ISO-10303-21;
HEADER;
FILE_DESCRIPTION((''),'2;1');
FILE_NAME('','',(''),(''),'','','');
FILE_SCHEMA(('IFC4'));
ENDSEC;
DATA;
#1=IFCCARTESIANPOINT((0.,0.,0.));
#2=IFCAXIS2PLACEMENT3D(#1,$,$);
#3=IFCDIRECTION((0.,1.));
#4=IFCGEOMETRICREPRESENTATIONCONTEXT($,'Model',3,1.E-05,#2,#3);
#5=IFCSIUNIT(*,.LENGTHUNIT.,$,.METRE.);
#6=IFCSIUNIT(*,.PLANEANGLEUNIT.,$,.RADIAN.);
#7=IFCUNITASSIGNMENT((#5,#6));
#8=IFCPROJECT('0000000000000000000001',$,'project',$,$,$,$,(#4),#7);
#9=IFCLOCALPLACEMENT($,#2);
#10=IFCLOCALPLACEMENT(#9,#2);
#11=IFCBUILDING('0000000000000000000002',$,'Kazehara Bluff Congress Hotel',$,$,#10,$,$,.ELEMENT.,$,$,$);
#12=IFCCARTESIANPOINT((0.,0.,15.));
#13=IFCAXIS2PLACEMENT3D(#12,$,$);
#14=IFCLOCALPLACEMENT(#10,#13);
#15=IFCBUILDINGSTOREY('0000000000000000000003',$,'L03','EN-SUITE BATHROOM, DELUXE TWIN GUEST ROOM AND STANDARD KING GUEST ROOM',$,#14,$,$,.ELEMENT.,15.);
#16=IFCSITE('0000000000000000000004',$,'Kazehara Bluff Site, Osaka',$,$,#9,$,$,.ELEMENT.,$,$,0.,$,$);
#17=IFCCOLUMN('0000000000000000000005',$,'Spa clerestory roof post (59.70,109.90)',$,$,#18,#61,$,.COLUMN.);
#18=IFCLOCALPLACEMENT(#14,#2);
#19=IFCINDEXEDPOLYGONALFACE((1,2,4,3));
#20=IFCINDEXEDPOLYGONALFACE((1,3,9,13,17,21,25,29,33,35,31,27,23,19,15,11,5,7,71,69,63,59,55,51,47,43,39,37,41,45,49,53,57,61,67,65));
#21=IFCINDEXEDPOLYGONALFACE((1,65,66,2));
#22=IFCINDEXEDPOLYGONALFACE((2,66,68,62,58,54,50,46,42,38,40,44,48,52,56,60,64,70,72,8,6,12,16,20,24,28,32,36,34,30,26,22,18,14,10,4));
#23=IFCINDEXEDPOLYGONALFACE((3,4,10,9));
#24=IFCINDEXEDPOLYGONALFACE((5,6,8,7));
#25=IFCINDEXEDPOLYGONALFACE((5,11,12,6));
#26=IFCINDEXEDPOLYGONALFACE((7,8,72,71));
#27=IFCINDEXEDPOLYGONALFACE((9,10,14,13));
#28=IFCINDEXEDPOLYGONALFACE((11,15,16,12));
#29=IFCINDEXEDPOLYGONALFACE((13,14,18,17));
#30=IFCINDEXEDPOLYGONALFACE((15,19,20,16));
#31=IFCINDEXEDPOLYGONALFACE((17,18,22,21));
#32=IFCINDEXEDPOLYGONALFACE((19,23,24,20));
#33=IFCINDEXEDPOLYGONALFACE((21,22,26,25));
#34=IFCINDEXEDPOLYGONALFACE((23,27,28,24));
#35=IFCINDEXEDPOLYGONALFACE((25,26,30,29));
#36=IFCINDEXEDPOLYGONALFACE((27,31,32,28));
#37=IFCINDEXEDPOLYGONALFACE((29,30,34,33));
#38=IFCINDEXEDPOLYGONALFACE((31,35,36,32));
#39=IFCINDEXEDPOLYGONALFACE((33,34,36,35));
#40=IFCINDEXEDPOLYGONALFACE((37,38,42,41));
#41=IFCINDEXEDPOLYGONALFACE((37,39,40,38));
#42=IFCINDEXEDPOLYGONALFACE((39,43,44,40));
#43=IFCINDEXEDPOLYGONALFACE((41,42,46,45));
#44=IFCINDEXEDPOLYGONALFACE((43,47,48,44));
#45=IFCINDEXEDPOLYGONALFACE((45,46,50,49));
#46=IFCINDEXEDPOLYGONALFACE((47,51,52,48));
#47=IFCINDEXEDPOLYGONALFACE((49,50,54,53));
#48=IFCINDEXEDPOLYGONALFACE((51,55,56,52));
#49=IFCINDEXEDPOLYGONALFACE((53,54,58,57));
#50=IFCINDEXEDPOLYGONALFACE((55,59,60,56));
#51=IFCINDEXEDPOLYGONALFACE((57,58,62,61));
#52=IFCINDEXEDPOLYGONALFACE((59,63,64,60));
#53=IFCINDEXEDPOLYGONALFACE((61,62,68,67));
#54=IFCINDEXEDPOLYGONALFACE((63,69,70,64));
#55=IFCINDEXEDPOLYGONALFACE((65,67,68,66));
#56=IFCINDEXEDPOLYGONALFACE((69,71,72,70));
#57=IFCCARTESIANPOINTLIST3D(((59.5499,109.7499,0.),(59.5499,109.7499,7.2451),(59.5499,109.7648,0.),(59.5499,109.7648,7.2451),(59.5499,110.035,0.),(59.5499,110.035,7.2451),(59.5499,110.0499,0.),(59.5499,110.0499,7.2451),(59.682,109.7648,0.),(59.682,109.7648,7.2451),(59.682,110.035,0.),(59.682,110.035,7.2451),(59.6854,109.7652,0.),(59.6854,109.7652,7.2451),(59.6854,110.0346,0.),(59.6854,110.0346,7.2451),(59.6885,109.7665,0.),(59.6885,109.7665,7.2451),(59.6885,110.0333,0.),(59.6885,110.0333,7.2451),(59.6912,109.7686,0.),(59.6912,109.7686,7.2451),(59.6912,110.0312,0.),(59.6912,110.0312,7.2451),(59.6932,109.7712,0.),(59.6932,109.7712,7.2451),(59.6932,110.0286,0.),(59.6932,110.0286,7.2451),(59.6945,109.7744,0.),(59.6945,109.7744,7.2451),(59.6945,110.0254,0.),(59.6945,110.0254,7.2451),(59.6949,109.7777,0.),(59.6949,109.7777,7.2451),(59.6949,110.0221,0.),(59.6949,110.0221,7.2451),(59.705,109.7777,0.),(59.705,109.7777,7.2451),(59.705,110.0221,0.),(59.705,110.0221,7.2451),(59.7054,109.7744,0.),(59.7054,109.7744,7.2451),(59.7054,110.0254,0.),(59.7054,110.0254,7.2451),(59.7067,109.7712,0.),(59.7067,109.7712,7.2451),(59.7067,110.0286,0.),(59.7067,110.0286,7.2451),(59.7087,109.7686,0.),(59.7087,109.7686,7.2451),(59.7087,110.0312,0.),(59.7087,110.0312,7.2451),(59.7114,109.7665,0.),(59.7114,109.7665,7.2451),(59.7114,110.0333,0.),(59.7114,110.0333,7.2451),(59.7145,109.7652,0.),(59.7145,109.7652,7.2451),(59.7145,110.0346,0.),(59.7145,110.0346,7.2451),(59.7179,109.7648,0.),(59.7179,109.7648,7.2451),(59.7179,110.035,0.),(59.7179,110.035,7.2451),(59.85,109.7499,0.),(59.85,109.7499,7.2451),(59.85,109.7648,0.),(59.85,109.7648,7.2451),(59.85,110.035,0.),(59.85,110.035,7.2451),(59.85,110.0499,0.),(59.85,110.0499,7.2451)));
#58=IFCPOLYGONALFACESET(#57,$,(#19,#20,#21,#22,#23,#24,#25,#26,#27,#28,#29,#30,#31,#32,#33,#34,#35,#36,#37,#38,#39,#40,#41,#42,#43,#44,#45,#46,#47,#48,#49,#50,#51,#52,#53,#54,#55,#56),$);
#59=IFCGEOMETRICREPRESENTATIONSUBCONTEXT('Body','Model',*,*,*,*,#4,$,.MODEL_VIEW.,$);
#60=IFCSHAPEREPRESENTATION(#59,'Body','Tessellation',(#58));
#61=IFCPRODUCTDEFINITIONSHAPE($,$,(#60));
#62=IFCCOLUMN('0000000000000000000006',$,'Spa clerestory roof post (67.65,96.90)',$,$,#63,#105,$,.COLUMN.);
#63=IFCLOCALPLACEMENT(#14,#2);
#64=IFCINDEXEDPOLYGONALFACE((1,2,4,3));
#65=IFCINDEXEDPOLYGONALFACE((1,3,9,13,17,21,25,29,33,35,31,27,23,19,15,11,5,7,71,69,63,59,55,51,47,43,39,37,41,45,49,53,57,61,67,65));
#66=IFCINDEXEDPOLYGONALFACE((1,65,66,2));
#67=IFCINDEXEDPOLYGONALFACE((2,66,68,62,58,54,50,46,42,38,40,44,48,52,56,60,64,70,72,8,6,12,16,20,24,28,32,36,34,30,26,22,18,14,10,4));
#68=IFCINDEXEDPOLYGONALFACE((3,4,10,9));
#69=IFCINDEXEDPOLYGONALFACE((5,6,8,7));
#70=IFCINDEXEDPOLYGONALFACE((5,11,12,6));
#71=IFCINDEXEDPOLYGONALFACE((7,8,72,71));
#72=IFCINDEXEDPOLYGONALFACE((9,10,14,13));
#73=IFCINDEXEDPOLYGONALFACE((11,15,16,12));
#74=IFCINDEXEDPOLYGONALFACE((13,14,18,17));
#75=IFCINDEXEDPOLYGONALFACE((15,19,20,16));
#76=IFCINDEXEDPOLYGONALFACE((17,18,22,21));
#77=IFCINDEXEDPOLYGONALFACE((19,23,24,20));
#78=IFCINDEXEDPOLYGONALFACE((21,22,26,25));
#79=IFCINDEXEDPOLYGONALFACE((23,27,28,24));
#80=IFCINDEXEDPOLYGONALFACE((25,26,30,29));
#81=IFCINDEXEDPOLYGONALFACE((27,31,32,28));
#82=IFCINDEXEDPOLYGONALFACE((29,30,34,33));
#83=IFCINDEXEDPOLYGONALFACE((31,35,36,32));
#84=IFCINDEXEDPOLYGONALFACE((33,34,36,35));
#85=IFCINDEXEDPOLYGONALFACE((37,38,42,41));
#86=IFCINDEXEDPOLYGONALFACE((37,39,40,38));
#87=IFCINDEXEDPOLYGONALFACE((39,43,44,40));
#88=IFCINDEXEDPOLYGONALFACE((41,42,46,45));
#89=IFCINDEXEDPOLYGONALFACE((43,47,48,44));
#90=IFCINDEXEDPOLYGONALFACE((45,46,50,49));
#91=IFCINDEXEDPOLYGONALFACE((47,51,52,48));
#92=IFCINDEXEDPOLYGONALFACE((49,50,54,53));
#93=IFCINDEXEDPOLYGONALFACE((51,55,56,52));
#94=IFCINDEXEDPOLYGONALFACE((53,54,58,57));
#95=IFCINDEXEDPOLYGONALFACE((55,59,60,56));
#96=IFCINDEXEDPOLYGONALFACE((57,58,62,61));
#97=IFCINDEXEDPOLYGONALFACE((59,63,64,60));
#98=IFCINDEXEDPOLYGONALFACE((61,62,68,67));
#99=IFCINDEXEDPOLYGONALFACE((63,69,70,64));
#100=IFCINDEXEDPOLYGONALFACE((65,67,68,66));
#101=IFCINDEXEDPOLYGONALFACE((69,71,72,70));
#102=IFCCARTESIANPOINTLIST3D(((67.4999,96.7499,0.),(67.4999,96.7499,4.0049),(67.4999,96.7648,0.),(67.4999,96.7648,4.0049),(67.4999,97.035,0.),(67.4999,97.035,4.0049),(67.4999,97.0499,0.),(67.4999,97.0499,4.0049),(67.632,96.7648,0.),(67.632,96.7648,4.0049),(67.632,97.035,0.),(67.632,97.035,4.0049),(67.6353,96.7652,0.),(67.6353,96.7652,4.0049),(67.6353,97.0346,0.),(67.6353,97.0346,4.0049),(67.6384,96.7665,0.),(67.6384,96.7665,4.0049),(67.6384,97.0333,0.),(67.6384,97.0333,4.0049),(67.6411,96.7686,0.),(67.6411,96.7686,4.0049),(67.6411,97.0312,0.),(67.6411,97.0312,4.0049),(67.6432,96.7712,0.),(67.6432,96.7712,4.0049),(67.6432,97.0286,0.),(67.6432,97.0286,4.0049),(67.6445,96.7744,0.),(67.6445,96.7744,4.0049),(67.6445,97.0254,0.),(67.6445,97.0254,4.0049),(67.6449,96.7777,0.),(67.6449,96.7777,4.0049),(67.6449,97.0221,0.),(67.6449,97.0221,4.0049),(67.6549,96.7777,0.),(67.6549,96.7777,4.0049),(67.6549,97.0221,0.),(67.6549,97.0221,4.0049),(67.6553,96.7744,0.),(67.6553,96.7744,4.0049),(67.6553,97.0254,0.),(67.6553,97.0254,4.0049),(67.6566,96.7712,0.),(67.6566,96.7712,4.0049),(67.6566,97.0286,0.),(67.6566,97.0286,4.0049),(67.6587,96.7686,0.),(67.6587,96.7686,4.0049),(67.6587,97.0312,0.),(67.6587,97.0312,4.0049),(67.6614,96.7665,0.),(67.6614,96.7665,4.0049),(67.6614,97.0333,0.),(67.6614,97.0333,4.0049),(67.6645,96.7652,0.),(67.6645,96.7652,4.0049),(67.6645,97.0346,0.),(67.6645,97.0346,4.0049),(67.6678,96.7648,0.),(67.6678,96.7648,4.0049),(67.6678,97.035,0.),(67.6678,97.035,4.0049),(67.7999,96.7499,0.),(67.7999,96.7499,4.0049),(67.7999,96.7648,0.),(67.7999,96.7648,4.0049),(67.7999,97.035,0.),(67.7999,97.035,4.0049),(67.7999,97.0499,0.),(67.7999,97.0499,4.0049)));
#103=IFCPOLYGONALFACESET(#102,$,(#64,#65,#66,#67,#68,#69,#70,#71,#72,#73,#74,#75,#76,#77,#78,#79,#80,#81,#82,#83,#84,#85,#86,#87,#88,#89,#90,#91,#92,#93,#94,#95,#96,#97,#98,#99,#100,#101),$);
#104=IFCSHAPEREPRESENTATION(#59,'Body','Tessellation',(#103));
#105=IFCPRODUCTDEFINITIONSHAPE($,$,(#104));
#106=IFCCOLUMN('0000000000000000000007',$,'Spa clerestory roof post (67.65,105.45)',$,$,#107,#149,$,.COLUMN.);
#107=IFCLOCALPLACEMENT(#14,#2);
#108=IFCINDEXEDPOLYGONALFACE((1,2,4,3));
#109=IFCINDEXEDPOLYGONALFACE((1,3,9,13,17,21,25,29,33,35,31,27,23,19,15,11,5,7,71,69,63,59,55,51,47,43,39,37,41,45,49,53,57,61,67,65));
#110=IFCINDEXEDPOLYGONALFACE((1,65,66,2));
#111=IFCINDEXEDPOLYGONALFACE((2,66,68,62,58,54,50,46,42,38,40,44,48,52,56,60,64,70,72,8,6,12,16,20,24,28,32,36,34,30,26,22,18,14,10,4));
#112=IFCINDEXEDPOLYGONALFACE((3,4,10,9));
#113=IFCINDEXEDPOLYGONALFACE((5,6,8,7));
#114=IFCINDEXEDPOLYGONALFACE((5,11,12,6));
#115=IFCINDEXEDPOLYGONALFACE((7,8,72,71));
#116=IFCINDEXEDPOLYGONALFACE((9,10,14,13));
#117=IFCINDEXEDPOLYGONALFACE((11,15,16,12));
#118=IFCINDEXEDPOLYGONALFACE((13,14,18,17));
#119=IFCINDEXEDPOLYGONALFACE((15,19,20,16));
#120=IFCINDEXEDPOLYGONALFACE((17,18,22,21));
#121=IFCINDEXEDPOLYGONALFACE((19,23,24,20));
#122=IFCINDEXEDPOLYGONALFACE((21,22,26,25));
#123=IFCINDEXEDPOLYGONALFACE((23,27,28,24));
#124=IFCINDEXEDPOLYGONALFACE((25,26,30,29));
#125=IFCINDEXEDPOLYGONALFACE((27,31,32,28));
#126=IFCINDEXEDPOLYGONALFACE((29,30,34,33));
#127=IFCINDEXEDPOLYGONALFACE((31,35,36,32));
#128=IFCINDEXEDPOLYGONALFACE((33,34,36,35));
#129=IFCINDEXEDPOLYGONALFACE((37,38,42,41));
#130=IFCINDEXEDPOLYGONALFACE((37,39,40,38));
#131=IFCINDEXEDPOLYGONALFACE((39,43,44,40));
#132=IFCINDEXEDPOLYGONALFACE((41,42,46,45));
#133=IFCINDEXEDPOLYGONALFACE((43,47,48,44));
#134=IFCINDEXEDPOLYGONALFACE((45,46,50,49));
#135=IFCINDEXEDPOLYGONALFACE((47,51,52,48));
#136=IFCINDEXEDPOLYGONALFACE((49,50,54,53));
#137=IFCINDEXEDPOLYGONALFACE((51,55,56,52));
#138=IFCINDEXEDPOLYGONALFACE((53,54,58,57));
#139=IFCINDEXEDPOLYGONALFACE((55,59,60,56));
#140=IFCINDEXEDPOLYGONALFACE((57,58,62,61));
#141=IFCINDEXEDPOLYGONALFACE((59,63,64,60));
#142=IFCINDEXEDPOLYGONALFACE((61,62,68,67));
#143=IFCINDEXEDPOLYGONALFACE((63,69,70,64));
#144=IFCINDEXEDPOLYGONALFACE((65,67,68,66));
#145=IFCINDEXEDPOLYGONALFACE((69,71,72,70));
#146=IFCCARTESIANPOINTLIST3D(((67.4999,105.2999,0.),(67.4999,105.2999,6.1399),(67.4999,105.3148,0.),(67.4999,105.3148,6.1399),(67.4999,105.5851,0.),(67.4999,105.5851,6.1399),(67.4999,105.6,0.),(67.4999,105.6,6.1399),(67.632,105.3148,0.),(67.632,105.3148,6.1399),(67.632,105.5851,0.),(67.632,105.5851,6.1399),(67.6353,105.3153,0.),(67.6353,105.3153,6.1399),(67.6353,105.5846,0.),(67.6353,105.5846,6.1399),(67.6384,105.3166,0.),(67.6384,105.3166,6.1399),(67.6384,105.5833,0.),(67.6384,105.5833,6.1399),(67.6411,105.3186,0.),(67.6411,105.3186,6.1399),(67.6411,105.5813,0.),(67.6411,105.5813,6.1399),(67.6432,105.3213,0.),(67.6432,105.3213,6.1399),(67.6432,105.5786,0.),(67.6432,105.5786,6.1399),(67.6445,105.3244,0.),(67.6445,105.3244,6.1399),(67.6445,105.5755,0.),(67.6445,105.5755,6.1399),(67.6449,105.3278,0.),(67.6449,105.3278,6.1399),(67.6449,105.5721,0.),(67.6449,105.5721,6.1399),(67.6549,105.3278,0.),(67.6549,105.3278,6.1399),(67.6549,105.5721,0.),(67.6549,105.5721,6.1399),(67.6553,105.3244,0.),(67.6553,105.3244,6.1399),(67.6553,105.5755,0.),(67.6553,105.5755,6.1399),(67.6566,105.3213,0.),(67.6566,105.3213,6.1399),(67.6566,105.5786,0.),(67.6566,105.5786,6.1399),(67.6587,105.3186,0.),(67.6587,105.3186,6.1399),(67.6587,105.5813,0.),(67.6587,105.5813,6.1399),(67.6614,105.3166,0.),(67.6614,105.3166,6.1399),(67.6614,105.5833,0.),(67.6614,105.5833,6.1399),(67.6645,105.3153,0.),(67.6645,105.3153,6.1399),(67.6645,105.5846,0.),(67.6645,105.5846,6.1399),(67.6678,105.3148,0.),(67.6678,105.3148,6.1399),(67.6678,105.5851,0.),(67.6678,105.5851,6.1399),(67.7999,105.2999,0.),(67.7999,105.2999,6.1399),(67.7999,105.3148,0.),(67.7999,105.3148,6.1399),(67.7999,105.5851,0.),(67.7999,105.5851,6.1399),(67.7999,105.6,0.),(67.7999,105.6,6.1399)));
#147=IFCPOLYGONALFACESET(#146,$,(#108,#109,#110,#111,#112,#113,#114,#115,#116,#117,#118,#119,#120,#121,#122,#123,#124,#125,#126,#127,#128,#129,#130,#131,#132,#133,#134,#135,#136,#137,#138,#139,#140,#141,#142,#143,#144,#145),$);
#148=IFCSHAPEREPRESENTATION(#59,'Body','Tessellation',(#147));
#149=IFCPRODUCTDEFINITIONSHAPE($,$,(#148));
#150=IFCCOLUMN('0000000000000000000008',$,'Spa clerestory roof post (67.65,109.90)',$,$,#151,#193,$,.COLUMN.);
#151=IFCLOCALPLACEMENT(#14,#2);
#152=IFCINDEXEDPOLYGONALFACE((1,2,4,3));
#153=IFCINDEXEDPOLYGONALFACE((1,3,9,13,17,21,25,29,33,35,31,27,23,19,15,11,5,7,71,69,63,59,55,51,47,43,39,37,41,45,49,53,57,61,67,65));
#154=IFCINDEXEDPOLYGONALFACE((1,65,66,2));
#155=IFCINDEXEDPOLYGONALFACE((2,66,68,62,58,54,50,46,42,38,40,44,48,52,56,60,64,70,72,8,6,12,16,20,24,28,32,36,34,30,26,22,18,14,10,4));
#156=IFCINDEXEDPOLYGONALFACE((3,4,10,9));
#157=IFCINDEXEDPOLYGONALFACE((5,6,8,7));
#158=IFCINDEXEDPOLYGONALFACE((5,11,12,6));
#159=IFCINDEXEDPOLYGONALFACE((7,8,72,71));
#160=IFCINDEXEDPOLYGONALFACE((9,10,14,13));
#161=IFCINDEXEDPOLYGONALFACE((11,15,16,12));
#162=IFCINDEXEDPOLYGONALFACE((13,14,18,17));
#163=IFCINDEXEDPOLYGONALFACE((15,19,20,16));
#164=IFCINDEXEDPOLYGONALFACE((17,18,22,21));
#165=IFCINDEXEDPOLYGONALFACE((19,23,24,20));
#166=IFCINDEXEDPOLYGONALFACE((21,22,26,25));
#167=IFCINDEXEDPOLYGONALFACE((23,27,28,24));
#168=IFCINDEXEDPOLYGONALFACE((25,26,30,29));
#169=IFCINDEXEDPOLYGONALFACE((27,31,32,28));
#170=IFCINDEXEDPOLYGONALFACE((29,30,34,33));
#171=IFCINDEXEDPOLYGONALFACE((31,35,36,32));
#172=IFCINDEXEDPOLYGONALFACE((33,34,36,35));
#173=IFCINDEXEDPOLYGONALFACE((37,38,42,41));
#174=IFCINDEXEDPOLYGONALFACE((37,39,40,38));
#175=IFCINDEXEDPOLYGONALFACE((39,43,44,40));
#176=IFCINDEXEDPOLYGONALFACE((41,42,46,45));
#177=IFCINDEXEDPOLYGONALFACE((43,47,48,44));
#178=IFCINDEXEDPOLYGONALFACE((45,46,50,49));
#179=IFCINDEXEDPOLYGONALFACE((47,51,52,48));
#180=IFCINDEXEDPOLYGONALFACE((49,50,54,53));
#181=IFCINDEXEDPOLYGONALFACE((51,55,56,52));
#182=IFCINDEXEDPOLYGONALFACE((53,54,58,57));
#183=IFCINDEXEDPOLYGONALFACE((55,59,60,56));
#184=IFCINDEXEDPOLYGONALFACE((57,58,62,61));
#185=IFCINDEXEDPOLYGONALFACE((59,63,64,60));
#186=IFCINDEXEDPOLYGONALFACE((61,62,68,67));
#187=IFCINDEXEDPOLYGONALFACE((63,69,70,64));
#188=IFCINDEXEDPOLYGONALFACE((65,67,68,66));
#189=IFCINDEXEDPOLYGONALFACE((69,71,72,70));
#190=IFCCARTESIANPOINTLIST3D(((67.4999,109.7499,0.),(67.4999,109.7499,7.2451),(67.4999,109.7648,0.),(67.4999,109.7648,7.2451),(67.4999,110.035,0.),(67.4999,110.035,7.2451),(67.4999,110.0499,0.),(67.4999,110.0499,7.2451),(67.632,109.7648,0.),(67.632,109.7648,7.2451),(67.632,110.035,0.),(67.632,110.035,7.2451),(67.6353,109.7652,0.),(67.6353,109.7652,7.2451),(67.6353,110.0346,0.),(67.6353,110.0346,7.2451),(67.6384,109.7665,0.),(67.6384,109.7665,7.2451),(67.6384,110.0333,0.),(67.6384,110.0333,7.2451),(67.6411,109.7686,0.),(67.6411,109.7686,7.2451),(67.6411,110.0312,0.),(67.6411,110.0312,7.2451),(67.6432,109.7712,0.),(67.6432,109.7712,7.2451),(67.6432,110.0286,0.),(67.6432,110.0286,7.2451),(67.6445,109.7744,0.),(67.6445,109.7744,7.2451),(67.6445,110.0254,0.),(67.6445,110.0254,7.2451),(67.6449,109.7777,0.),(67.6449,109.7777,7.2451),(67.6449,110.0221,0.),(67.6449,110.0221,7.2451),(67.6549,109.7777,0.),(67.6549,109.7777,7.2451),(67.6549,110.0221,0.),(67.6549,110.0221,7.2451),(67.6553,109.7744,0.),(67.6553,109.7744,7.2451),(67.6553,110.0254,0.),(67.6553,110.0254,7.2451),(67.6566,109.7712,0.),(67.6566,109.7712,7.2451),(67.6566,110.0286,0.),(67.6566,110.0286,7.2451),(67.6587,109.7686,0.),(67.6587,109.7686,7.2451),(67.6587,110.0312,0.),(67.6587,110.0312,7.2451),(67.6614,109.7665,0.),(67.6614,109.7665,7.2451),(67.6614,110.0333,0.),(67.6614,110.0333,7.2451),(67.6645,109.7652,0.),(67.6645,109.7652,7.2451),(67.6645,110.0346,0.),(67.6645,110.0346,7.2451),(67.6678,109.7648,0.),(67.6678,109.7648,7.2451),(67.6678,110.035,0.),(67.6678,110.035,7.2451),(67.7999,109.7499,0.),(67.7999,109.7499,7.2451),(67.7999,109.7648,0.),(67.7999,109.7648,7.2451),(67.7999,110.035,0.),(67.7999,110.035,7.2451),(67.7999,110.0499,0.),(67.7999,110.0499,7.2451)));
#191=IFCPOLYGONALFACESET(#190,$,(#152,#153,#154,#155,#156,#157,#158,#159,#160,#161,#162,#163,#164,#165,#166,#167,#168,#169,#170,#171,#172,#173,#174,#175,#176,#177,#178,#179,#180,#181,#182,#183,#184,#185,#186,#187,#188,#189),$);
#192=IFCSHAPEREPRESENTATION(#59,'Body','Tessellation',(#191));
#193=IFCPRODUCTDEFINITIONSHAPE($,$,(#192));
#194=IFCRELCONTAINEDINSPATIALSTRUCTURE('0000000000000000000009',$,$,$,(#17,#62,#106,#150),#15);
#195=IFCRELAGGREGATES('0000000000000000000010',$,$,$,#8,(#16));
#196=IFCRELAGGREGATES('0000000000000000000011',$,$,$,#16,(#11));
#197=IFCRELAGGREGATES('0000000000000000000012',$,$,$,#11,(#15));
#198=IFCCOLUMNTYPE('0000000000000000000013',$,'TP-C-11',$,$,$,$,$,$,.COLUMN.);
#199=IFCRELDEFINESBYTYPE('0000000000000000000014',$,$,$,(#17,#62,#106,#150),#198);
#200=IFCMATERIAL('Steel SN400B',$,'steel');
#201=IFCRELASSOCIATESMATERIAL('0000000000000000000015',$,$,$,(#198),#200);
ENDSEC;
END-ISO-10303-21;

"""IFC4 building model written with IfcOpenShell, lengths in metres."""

from ifc_helpers import new_model, si_unit, direction, frame, origin, origin_2d, place, context, subcontext, project, spatial, i_section, extrude, material, material_profile, profile_set, type_object, element, save


model = new_model("IFC4")

# Units and contexts
model_context = context("Model", 3, precision=1e-05, world=origin(), true_north=direction((0.0, 1.0)))
body_context = subcontext(model_context, "Body", "Model", "MODEL_VIEW")
ifc_project = project(units=[si_unit("LENGTHUNIT", "METRE"), si_unit("PLANEANGLEUNIT", "RADIAN")], contexts=[model_context])

# Site, building, storey
site_placement = place(None, origin())
site = spatial("IfcSite", under=ifc_project, at=site_placement, Name="Kazehara Bluff Site, Osaka", CompositionType="ELEMENT", RefElevation=0.0)
building_placement = place(site_placement, origin())
building = spatial("IfcBuilding", under=site, at=building_placement, Name="Kazehara Bluff Congress Hotel", CompositionType="ELEMENT")
storey_placement = place(building_placement, frame((0.0, 0.0, 15.0)))
storey = spatial("IfcBuildingStorey", under=building, at=storey_placement, Name="L03", Description="EN-SUITE BATHROOM, DELUXE TWIN GUEST ROOM AND STANDARD KING GUEST ROOM", CompositionType="ELEMENT", Elevation=15.0)

# Columns
ifc_material_1 = material(Name="Steel SN400B", Category="steel")
ifc_material_profile_1 = material_profile(ifc_material_1, i_section(OverallWidth=0.3, OverallDepth=0.3, WebThickness=0.01, FlangeThickness=0.0149, FilletRadius=0.0129, at=origin_2d()))
ifc_profile_set_1 = profile_set([ifc_material_profile_1], Name="Steel SN400B")
column_type_1 = type_object("IfcColumnType", Name="TP-C-11", PredefinedType="COLUMN", material=ifc_profile_set_1)
column_1_placement = place(storey_placement, frame((59.7, 109.8999, 0.0), z_axis=(0.0, 0.0, 1.0), x_axis=(1.0, 0.0, 0.0)))
element("IfcColumn", 1, at=column_1_placement, inside=storey, type_object=column_type_1, Name="Spa clerestory roof post (59.70,109.90)", PredefinedType="COLUMN", context=body_context, shape_type="SweptSolid", body=[
    extrude(i_section(OverallWidth=0.3, OverallDepth=0.3, WebThickness=0.01, FlangeThickness=0.0149, FilletRadius=0.0129, at=origin_2d()), origin(), (0.0, 0.0, 1.0), 7.2451),
])
column_2_placement = place(storey_placement, frame((67.6499, 96.8999, 0.0), z_axis=(0.0, 0.0, 1.0), x_axis=(1.0, 0.0, 0.0)))
element("IfcColumn", 2, at=column_2_placement, inside=storey, type_object=column_type_1, Name="Spa clerestory roof post (67.65,96.90)", PredefinedType="COLUMN", context=body_context, shape_type="SweptSolid", body=[
    extrude(i_section(OverallWidth=0.3, OverallDepth=0.3, WebThickness=0.01, FlangeThickness=0.0149, FilletRadius=0.0129, at=origin_2d()), origin(), (0.0, 0.0, 1.0), 4.0049),
])
column_3_placement = place(storey_placement, frame((67.6499, 105.45, 0.0), z_axis=(0.0, 0.0, 1.0), x_axis=(1.0, 0.0, 0.0)))
element("IfcColumn", 3, at=column_3_placement, inside=storey, type_object=column_type_1, Name="Spa clerestory roof post (67.65,105.45)", PredefinedType="COLUMN", context=body_context, shape_type="SweptSolid", body=[
    extrude(i_section(OverallWidth=0.3, OverallDepth=0.3, WebThickness=0.01, FlangeThickness=0.0149, FilletRadius=0.0129, at=origin_2d()), origin(), (0.0, 0.0, 1.0), 6.1399),
])
column_4_placement = place(storey_placement, frame((67.6499, 109.8999, 0.0), z_axis=(0.0, 0.0, 1.0), x_axis=(1.0, 0.0, 0.0)))
element("IfcColumn", 4, at=column_4_placement, inside=storey, type_object=column_type_1, Name="Spa clerestory roof post (67.65,109.90)", PredefinedType="COLUMN", context=body_context, shape_type="SweptSolid", body=[
    extrude(i_section(OverallWidth=0.3, OverallDepth=0.3, WebThickness=0.01, FlangeThickness=0.0149, FilletRadius=0.0129, at=origin_2d()), origin(), (0.0, 0.0, 1.0), 7.2451),
])

save(model, "model.ifc")
